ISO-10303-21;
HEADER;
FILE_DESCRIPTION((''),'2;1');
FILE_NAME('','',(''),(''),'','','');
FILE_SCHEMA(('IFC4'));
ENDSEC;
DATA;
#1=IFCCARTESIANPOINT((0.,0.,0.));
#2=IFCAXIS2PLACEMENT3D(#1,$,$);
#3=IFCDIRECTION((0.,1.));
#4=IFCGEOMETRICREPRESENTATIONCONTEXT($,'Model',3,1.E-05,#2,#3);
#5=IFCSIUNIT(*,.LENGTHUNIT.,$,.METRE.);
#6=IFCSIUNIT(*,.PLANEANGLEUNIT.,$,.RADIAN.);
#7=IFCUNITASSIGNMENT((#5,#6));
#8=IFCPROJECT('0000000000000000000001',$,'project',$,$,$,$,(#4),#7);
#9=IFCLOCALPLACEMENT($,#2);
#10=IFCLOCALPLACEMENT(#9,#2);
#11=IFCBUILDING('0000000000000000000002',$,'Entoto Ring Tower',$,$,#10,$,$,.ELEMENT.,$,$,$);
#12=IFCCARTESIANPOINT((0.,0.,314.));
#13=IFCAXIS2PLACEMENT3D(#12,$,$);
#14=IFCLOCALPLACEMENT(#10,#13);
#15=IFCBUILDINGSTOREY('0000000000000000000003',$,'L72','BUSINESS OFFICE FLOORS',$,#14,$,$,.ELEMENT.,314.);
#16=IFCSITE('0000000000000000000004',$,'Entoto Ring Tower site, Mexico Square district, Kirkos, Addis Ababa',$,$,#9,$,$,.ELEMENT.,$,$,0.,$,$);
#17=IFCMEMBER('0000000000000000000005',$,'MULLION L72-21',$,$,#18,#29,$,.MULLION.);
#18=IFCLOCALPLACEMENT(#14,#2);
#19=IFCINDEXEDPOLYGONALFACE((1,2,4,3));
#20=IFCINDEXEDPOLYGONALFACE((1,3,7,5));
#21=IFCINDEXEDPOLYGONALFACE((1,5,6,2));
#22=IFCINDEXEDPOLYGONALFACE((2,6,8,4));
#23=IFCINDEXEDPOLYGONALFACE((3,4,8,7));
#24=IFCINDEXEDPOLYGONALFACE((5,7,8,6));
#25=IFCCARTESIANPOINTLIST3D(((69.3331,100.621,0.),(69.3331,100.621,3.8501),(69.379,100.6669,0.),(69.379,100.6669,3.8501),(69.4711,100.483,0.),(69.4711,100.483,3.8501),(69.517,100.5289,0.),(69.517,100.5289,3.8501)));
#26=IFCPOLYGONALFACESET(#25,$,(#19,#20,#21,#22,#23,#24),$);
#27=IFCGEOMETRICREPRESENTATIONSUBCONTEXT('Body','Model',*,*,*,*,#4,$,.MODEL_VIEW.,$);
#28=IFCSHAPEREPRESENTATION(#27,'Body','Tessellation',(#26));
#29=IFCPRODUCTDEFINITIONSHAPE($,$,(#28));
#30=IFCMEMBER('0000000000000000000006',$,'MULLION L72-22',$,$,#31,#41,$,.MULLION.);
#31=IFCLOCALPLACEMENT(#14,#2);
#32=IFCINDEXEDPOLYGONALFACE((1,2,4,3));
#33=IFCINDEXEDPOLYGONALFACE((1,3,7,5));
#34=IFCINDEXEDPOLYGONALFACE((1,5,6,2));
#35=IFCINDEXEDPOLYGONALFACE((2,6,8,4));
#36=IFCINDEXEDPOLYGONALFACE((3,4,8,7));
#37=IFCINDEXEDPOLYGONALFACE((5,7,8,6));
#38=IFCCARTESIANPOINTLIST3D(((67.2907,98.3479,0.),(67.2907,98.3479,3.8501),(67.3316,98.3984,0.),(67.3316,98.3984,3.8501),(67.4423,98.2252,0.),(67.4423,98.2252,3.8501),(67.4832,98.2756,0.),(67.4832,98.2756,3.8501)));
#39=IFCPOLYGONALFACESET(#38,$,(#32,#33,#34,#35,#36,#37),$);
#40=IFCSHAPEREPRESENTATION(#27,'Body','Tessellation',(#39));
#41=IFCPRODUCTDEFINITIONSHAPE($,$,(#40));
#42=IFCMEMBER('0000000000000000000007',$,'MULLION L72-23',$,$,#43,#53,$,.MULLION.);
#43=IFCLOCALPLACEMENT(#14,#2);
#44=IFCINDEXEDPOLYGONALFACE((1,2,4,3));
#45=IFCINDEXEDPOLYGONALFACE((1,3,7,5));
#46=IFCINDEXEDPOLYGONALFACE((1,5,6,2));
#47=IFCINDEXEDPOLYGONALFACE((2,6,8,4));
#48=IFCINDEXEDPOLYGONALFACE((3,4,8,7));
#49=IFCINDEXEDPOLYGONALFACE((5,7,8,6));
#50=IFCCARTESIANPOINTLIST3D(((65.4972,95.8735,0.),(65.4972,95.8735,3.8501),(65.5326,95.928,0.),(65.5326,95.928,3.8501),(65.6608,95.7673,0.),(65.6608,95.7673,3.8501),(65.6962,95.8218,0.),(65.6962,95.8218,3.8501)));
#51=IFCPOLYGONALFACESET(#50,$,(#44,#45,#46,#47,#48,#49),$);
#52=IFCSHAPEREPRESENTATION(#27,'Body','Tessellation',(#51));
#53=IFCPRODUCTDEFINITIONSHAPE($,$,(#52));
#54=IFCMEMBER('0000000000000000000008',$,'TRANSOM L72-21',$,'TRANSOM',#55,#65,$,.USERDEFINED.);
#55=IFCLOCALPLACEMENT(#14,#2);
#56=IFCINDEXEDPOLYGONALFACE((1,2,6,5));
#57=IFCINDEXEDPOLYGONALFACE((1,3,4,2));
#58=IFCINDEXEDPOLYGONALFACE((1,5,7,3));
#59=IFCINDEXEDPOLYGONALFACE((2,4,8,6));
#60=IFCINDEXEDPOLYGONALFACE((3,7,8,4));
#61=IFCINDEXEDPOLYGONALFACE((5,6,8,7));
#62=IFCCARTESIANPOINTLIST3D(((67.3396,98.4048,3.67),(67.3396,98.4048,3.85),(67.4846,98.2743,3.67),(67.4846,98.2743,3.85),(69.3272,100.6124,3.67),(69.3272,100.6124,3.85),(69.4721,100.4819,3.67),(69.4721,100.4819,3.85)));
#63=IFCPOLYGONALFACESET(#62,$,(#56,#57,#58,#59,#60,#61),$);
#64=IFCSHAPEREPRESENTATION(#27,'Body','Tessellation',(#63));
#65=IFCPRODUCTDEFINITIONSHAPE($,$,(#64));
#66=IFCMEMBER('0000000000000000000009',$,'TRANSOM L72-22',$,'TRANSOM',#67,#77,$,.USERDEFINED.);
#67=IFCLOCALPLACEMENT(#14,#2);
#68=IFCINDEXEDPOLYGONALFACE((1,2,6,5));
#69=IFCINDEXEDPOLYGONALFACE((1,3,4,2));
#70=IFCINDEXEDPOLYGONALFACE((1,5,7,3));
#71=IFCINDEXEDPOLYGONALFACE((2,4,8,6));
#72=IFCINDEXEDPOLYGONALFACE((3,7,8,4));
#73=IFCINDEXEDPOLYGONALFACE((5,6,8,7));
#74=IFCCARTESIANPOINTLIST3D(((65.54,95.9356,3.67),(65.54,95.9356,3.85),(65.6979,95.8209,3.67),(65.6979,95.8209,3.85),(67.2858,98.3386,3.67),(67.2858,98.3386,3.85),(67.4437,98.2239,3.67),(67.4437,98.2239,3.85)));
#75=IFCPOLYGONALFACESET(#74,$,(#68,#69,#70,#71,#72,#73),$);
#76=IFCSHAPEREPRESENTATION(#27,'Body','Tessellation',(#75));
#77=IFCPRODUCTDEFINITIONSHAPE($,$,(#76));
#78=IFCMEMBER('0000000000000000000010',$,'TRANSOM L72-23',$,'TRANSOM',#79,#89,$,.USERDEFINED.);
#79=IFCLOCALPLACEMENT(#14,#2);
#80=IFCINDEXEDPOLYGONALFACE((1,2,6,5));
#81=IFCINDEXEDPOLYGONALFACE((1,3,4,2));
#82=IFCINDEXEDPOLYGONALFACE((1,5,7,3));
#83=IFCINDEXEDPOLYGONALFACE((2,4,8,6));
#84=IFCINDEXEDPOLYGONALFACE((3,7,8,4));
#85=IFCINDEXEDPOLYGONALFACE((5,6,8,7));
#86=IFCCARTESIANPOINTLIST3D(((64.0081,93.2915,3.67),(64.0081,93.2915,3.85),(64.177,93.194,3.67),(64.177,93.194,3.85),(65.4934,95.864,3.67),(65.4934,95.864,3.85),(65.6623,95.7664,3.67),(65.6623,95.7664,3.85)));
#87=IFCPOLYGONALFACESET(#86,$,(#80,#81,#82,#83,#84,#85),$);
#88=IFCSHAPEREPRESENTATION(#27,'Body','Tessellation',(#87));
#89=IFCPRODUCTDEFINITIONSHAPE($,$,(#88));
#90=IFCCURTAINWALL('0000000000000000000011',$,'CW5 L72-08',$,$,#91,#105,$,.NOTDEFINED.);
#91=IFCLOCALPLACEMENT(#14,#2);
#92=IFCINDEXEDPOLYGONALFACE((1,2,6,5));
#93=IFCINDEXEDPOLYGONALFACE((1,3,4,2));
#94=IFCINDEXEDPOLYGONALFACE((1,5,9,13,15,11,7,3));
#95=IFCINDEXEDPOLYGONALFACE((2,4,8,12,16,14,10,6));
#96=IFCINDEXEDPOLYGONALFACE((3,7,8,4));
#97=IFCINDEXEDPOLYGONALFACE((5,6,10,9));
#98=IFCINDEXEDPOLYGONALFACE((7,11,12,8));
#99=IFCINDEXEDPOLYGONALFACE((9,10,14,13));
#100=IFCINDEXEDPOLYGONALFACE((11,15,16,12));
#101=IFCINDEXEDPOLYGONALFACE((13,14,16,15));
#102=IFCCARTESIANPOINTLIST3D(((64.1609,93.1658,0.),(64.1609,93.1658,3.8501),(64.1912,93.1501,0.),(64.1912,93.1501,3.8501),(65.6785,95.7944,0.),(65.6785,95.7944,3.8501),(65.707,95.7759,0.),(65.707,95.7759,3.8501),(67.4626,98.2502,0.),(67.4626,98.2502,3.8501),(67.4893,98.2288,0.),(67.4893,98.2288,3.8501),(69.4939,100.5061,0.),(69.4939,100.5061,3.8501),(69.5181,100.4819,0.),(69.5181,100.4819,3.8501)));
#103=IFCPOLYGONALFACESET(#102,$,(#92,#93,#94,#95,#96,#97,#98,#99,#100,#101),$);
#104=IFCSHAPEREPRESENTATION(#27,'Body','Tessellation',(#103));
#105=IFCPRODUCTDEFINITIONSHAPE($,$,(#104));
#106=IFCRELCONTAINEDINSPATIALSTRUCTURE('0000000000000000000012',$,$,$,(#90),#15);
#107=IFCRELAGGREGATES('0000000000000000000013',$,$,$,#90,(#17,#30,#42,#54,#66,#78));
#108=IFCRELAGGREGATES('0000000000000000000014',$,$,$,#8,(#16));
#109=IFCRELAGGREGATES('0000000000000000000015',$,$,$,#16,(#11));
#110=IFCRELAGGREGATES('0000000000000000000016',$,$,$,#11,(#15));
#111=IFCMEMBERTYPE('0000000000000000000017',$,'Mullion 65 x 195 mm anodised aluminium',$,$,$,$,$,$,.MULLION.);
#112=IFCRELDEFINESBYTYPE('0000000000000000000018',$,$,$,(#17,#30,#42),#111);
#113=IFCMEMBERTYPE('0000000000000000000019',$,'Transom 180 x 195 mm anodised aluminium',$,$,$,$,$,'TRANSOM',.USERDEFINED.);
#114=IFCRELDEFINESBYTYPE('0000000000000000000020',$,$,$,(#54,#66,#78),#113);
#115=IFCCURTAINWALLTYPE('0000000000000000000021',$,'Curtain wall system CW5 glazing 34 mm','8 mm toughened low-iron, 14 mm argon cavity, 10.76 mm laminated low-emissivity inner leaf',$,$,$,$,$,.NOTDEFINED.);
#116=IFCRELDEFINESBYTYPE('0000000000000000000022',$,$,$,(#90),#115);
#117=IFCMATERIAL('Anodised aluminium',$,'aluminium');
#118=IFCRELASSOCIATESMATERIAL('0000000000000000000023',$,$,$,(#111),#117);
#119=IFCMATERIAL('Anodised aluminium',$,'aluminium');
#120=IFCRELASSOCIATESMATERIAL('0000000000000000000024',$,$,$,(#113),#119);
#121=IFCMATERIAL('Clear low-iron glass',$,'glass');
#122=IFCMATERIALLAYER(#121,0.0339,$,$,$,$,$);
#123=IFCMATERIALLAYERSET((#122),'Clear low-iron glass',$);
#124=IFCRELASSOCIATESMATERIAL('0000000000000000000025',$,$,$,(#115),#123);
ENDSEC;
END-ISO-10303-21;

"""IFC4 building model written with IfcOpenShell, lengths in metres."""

from ifc_helpers import new_model, si_unit, direction, frame, origin, origin_2d, place, context, subcontext, project, spatial, polyline, rectangle, outline, extrude, material, layer, layer_set, material_profile, profile_set, type_object, element, aggregate, save


model = new_model("IFC4")

# Units and contexts
model_context = context("Model", 3, precision=1e-05, world=origin(), true_north=direction((0.0, 1.0)))
body_context = subcontext(model_context, "Body", "Model", "MODEL_VIEW")
ifc_project = project(units=[si_unit("LENGTHUNIT", "METRE"), si_unit("PLANEANGLEUNIT", "RADIAN")], contexts=[model_context])

# Members
ifc_material_1 = material(Name="Anodised aluminium", Category="aluminium")
ifc_material_profile_1 = material_profile(ifc_material_1, rectangle(XDim=0.0649, YDim=0.1951, at=origin_2d()), Name="Mullion 65 x 195 mm anodised aluminium")
ifc_profile_set_1 = profile_set([ifc_material_profile_1], Name="Anodised aluminium")
member_type_1 = type_object("IfcMemberType", Name="Mullion 65 x 195 mm anodised aluminium", PredefinedType="MULLION", material=ifc_profile_set_1)
site_placement = place(None, origin())
building_placement = place(site_placement, origin())
storey_placement = place(building_placement, frame((0.0, 0.0, 314.0)))
member_1_placement = place(storey_placement, frame((69.425, 100.575, 0.0), z_axis=(0.0, 0.0, 1.0), x_axis=(-0.707107, -0.707107, 0.0)))
member_1 = element("IfcMember", 1, at=member_1_placement, type_object=member_type_1, Name="MULLION L72-21", PredefinedType="MULLION", context=body_context, shape_type="SweptSolid", body=[
    extrude(rectangle(XDim=0.0649, YDim=0.1951, at=origin_2d()), origin(), (0.0, 0.0, 1.0), 3.8501),
])
member_2_placement = place(storey_placement, frame((67.387, 98.3118, 0.0), z_axis=(0.0, 0.0, 1.0), x_axis=(-0.62932, -0.777146, 0.0)))
member_2 = element("IfcMember", 2, at=member_2_placement, type_object=member_type_1, Name="MULLION L72-22", PredefinedType="MULLION", context=body_context, shape_type="SweptSolid", body=[
    extrude(rectangle(XDim=0.0649, YDim=0.1951, at=origin_2d()), origin(), (0.0, 0.0, 1.0), 3.8501),
])
member_3_placement = place(storey_placement, frame((65.5967, 95.8477, 0.0), z_axis=(0.0, 0.0, 1.0), x_axis=(-0.544639, -0.838671, 0.0)))
member_3 = element("IfcMember", 3, at=member_3_placement, type_object=member_type_1, Name="MULLION L72-23", PredefinedType="MULLION", context=body_context, shape_type="SweptSolid", body=[
    extrude(rectangle(XDim=0.0649, YDim=0.1951, at=origin_2d()), origin(), (0.0, 0.0, 1.0), 3.8501),
])
ifc_material_2 = material(Name="Anodised aluminium", Category="aluminium")
ifc_material_profile_2 = material_profile(ifc_material_2, rectangle(XDim=0.1951, YDim=0.1799, at=origin_2d()), Name="Transom 180 x 195 mm anodised aluminium")
ifc_profile_set_2 = profile_set([ifc_material_profile_2], Name="Anodised aluminium")
member_type_2 = type_object("IfcMemberType", Name="Transom 180 x 195 mm anodised aluminium", ElementType="TRANSOM", PredefinedType="USERDEFINED", material=ifc_profile_set_2)
member_4_placement = place(storey_placement, frame((69.3997, 100.5471, 3.76), z_axis=(-0.66911, -0.743163, 0.0), x_axis=(0.743163, -0.66911, 0.0)))
member_4 = element("IfcMember", 4, at=member_4_placement, type_object=member_type_2, Name="TRANSOM L72-21", ObjectType="TRANSOM", PredefinedType="USERDEFINED", context=body_context, shape_type="SweptSolid", body=[
    extrude(rectangle(XDim=0.1951, YDim=0.1799, at=origin_2d()), origin(), (0.0, 0.0, 1.0), 2.9705),
])
member_5_placement = place(storey_placement, frame((67.3647, 98.2812, 3.76), z_axis=(-0.587766, -0.809031, 0.0), x_axis=(0.809031, -0.587766, 0.0)))
member_5 = element("IfcMember", 5, at=member_5_placement, type_object=member_type_2, Name="TRANSOM L72-22", ObjectType="TRANSOM", PredefinedType="USERDEFINED", context=body_context, shape_type="SweptSolid", body=[
    extrude(rectangle(XDim=0.1951, YDim=0.1799, at=origin_2d()), origin(), (0.0, 0.0, 1.0), 2.9702),
])
member_6_placement = place(storey_placement, frame((65.5779, 95.8152, 3.76), z_axis=(-0.500028, -0.866009, 0.0), x_axis=(0.866009, -0.500028, 0.0)))
member_6 = element("IfcMember", 6, at=member_6_placement, type_object=member_type_2, Name="TRANSOM L72-23", ObjectType="TRANSOM", PredefinedType="USERDEFINED", context=body_context, shape_type="SweptSolid", body=[
    extrude(rectangle(XDim=0.1951, YDim=0.1799, at=origin_2d()), origin(), (0.0, 0.0, 1.0), 2.9705),
])

# Site, building, storey
site = spatial("IfcSite", under=ifc_project, at=site_placement, Name="Entoto Ring Tower site, Mexico Square district, Kirkos, Addis Ababa", CompositionType="ELEMENT", RefElevation=0.0)
building = spatial("IfcBuilding", under=site, at=building_placement, Name="Entoto Ring Tower", CompositionType="ELEMENT")
storey = spatial("IfcBuildingStorey", under=building, at=storey_placement, Name="L72", Description="BUSINESS OFFICE FLOORS", CompositionType="ELEMENT", Elevation=314.0)

# Curtain wall
ifc_material_3 = material(Name="Clear low-iron glass", Category="glass")
ifc_layer = layer(ifc_material_3, 0.0339)
ifc_layer_set = layer_set([ifc_layer], Name="Clear low-iron glass")
curtain_wall_type = type_object("IfcCurtainWallType", Name="Curtain wall system CW5 glazing 34 mm", Description="8 mm toughened low-iron, 14 mm argon cavity, 10.76 mm laminated low-emissivity inner leaf", PredefinedType="NOTDEFINED", material=ifc_layer_set)
curtain_wall_1_placement = place(storey_placement, origin())
curtain_wall_1 = element("IfcCurtainWall", 7, at=curtain_wall_1_placement, inside=storey, type_object=curtain_wall_type, Name="CW5 L72-08", PredefinedType="NOTDEFINED", context=body_context, shape_type="SweptSolid", body=[
    extrude(outline(polyline([(69.4939, 100.5061), (67.4626, 98.2502), (65.6785, 95.7944), (64.1609, 93.1658), (64.1912, 93.1501), (65.707, 95.7759), (67.4893, 98.2288), (69.5181, 100.4819), (69.4939, 100.5061)])), origin(), (0.0, 0.0, 1.0), 3.8501),
])
aggregate(curtain_wall_1, [member_1, member_2, member_3, member_4, member_5, member_6])

save(model, "model.ifc")
